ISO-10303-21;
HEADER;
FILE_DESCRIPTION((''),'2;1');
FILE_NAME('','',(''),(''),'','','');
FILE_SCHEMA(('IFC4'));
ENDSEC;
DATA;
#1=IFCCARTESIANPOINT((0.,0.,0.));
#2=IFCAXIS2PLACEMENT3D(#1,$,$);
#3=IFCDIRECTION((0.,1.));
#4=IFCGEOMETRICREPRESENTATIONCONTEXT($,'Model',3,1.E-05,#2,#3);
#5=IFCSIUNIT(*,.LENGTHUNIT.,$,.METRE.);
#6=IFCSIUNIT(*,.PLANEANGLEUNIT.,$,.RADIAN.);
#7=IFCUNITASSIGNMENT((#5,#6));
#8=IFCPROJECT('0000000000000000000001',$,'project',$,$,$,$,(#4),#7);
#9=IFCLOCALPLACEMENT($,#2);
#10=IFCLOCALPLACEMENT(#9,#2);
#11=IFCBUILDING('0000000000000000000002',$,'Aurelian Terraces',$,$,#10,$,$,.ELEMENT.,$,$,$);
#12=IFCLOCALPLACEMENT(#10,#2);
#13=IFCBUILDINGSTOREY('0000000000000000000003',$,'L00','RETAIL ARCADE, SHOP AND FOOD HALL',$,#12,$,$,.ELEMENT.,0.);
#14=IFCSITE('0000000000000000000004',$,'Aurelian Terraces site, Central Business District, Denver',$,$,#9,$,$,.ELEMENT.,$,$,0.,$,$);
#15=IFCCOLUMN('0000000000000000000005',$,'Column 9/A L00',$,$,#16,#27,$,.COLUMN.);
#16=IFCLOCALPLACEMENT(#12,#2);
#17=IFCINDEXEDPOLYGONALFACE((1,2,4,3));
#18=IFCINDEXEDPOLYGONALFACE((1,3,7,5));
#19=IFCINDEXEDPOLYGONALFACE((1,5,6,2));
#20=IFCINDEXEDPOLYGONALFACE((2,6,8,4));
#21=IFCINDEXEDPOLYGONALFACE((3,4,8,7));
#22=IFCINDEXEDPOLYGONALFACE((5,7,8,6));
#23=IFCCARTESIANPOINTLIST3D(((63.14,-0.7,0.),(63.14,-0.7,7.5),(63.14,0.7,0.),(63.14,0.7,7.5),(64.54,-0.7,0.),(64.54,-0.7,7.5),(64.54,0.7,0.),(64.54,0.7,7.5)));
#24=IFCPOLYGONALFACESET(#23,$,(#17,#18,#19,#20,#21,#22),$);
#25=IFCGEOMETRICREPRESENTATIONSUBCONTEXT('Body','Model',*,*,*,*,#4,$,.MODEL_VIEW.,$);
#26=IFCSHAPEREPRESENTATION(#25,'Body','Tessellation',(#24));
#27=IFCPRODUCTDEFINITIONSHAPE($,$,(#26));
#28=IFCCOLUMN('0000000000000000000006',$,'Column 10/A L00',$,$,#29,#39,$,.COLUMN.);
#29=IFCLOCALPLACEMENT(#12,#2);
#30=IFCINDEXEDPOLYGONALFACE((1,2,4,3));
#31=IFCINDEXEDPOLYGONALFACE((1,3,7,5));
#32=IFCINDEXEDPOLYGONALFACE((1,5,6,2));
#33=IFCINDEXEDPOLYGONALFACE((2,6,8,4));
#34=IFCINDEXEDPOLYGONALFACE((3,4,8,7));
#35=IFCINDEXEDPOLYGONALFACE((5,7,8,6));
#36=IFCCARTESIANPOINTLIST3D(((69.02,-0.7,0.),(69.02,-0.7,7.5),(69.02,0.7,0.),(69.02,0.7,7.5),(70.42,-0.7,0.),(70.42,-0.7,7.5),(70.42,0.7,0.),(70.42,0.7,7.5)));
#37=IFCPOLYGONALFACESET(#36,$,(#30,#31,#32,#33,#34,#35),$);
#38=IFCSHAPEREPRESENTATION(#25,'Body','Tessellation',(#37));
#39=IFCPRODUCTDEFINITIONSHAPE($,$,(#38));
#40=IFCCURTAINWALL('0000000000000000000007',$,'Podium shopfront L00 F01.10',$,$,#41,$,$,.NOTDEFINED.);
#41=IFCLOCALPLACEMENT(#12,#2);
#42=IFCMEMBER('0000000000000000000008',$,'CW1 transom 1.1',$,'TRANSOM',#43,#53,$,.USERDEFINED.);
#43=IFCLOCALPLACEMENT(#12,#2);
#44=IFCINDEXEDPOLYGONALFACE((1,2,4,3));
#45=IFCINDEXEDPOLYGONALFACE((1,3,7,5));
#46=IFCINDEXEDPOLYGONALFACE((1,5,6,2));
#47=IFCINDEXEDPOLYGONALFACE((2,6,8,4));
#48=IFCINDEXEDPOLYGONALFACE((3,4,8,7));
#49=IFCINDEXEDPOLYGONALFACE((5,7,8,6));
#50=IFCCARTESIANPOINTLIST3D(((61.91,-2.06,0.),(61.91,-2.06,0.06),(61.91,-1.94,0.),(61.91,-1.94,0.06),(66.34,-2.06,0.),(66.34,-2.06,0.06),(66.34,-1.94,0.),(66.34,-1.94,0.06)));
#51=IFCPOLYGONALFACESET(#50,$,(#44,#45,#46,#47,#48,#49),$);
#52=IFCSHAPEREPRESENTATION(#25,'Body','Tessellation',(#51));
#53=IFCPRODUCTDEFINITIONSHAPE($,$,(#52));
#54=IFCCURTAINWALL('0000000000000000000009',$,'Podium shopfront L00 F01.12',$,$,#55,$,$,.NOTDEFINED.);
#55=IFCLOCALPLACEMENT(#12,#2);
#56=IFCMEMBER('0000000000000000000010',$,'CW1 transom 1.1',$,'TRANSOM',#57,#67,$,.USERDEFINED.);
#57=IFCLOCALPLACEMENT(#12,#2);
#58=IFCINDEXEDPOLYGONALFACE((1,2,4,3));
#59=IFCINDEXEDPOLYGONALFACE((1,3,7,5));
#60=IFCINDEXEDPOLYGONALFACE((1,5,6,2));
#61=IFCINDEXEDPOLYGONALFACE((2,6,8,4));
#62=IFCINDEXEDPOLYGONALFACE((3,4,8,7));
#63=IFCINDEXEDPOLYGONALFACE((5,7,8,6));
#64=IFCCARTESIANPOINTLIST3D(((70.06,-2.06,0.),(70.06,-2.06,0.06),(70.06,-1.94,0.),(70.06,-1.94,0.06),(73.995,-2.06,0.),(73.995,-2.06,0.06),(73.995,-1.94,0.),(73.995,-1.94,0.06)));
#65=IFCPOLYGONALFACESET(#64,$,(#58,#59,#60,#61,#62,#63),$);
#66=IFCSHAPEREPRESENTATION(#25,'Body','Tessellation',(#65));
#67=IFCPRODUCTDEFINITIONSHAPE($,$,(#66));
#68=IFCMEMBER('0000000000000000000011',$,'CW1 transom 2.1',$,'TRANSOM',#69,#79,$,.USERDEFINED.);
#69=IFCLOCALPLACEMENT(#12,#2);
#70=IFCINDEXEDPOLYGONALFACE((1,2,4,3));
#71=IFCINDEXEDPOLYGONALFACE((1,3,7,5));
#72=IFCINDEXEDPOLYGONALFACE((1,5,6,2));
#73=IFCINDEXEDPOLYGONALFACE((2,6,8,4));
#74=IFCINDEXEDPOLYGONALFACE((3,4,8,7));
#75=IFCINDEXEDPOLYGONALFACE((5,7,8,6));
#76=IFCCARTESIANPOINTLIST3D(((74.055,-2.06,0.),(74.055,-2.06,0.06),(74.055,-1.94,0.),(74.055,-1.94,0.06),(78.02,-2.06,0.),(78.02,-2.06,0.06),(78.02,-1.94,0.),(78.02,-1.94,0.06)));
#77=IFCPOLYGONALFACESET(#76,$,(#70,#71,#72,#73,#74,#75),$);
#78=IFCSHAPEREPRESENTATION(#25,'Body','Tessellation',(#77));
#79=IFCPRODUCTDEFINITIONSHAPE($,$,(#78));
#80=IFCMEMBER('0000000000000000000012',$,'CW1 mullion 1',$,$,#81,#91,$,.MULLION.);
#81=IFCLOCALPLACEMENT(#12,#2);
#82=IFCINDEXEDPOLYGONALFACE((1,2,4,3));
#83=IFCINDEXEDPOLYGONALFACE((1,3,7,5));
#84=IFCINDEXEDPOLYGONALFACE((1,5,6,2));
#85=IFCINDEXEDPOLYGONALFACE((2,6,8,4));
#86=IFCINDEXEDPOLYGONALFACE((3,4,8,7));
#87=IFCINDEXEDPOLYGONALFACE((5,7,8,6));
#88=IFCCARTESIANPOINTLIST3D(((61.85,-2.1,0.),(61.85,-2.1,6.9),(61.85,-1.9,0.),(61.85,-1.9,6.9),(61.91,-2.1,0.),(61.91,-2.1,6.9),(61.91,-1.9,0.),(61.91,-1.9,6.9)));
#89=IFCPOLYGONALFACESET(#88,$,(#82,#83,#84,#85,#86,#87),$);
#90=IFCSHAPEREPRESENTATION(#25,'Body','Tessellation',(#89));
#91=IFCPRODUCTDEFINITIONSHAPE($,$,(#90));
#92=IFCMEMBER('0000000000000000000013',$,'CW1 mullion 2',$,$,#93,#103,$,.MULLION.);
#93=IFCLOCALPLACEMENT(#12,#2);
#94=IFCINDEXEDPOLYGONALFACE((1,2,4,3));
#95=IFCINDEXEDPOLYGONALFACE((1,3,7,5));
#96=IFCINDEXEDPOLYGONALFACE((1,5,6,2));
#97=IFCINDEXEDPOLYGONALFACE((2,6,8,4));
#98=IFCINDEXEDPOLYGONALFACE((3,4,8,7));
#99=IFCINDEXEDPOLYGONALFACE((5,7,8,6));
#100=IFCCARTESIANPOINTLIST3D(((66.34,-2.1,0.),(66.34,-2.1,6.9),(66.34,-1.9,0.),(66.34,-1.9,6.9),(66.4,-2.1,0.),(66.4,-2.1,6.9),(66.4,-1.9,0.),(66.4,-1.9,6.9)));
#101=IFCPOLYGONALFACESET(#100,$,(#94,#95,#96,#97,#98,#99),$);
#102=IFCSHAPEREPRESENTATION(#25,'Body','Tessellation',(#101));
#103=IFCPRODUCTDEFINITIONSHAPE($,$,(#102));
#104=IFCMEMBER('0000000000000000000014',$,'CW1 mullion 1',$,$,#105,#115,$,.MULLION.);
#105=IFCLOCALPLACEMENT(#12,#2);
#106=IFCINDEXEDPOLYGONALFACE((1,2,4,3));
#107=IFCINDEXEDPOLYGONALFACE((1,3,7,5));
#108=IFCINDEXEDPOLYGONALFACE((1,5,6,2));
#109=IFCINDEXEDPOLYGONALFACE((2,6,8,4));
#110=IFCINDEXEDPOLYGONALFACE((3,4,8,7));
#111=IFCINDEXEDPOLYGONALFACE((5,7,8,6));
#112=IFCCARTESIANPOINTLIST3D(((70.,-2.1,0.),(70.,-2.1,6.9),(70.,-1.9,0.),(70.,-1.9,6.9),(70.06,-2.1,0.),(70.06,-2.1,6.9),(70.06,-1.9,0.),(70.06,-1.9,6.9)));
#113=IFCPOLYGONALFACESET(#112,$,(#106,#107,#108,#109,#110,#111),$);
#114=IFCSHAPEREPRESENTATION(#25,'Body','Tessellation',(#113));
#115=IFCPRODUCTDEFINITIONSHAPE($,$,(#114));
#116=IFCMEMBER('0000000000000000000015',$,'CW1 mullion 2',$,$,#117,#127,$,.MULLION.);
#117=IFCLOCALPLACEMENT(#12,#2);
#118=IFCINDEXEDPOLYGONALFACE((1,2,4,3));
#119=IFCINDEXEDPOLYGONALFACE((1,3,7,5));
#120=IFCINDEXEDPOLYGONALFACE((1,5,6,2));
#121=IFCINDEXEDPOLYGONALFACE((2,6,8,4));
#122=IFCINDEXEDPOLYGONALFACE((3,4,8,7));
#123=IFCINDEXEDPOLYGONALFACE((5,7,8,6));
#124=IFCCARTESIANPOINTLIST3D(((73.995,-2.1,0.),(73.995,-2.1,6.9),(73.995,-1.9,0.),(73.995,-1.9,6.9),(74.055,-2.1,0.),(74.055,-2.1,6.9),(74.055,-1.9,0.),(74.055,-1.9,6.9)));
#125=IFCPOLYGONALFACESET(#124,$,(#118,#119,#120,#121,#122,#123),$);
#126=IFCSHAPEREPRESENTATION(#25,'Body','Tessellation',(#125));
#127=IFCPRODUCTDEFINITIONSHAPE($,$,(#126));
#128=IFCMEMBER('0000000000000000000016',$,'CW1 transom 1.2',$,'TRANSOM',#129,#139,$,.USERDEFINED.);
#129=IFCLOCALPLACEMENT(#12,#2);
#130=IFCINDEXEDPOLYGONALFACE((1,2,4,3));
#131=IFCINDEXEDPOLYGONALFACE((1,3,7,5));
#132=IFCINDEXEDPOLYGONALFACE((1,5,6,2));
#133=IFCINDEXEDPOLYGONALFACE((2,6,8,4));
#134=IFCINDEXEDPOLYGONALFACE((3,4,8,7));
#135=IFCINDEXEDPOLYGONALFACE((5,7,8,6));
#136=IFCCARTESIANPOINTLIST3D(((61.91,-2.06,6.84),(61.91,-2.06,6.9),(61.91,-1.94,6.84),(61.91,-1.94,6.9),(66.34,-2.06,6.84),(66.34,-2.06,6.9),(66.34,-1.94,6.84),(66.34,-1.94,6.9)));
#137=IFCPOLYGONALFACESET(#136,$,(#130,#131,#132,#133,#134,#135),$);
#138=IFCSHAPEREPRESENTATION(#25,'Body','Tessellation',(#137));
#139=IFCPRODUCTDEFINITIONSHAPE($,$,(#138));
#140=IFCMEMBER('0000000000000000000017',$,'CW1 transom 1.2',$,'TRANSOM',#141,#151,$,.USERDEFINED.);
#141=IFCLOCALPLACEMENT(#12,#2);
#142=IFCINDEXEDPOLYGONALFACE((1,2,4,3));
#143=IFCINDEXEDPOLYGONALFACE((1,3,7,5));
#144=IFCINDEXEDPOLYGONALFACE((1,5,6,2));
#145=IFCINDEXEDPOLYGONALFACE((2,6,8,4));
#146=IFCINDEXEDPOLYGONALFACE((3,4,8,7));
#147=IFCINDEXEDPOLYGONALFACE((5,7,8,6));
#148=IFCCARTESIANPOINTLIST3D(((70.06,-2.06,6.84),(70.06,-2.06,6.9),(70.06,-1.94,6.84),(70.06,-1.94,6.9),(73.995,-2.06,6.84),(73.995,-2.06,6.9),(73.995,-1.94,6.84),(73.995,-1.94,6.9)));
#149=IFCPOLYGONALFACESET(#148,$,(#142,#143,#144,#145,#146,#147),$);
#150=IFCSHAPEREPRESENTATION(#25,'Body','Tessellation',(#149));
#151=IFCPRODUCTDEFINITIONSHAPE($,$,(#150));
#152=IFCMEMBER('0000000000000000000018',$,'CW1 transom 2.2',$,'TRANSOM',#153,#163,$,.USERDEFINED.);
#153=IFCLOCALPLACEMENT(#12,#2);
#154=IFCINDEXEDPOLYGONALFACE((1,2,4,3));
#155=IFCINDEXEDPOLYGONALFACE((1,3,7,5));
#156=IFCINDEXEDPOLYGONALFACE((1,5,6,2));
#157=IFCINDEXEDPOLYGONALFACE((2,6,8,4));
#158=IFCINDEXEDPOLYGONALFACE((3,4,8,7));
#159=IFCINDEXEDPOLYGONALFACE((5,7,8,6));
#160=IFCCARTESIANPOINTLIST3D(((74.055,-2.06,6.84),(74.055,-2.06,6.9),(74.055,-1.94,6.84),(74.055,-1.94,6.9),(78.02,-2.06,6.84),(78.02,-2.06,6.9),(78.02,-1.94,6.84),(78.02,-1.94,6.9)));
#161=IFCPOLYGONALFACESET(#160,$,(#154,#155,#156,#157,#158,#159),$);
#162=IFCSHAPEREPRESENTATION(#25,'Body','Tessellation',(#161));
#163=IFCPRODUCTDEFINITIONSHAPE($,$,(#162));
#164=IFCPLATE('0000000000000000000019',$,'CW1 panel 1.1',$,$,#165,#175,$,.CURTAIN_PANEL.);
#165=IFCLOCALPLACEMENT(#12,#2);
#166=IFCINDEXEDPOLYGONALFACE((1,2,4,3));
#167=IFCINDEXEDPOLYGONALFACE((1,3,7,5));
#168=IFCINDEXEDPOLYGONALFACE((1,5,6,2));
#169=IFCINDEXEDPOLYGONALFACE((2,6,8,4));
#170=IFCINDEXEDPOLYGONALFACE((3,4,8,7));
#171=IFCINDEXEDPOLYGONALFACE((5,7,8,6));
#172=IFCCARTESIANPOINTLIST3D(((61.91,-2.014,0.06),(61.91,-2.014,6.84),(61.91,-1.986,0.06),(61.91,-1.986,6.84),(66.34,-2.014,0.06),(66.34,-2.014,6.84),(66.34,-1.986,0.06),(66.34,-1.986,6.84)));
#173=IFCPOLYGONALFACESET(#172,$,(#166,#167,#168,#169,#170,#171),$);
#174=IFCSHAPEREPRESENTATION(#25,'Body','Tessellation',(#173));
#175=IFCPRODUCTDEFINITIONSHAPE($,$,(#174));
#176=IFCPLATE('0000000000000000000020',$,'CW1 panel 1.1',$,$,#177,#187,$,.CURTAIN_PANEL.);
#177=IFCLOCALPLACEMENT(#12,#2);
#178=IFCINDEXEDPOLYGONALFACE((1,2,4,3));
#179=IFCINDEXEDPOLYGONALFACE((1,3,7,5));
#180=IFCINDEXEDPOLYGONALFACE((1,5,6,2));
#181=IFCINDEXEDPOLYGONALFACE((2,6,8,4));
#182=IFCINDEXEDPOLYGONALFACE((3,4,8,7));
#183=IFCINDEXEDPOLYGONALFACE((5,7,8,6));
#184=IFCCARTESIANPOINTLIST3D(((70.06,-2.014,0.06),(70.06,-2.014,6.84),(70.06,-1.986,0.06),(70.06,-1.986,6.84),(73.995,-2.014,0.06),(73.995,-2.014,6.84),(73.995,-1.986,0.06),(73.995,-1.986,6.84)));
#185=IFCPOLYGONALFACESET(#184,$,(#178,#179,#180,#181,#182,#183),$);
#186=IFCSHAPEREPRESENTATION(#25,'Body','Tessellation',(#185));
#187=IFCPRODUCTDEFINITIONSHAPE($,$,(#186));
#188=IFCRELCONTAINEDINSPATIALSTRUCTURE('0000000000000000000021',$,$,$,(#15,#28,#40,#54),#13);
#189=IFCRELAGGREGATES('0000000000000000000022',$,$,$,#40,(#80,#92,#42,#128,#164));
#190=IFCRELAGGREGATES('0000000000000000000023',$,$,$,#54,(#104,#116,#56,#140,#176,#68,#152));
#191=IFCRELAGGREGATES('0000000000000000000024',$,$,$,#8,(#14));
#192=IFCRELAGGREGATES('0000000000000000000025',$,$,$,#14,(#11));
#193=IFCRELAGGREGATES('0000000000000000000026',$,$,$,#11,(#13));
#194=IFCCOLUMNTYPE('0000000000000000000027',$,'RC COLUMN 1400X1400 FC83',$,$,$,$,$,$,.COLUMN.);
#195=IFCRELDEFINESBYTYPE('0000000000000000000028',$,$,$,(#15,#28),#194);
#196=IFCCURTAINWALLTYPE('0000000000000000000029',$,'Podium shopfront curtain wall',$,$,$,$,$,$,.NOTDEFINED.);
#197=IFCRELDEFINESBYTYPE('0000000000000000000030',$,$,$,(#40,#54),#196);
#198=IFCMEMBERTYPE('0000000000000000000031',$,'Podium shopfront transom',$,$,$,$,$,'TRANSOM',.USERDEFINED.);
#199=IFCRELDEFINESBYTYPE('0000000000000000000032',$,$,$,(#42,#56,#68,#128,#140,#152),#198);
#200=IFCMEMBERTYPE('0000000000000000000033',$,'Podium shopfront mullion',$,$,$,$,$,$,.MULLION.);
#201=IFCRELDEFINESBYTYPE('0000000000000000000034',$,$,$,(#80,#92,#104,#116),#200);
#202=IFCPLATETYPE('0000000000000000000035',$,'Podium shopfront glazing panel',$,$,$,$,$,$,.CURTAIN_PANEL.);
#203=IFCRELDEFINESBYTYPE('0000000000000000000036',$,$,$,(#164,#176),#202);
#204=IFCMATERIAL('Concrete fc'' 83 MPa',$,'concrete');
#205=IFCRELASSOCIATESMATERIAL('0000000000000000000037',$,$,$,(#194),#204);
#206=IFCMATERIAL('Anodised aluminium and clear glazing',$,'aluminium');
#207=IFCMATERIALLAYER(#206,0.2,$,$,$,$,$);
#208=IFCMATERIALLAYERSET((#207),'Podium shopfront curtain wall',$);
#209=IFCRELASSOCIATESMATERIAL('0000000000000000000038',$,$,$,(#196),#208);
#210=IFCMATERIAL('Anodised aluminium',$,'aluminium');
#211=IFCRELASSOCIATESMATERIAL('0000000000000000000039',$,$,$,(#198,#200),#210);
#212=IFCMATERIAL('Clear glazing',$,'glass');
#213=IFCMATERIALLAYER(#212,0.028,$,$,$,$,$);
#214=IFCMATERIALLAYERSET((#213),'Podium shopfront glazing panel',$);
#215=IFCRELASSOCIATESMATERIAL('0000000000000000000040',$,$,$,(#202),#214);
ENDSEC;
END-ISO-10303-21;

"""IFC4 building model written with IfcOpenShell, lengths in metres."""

from ifc_helpers import new_model, si_unit, direction, frame, origin, origin_2d, place, context, subcontext, project, spatial, rectangle, extrude, source, transform, mapped, material, layer, layer_set, material_profile, profile_set, type_object, element, aggregate, save


model = new_model("IFC4")

# Units and contexts
model_context = context("Model", 3, precision=1e-05, world=origin(), true_north=direction((0.0, 1.0)))
body_context = subcontext(model_context, "Body", "Model", "MODEL_VIEW")
ifc_project = project(units=[si_unit("LENGTHUNIT", "METRE"), si_unit("PLANEANGLEUNIT", "RADIAN")], contexts=[model_context])

# Site, building, storey
site_placement = place(None, origin())
site = spatial("IfcSite", under=ifc_project, at=site_placement, Name="Aurelian Terraces site, Central Business District, Denver", CompositionType="ELEMENT", RefElevation=0.0)
building_placement = place(site_placement, origin())
building = spatial("IfcBuilding", under=site, at=building_placement, Name="Aurelian Terraces", CompositionType="ELEMENT")
storey_placement = place(building_placement, origin())
storey = spatial("IfcBuildingStorey", under=building, at=storey_placement, Name="L00", Description="RETAIL ARCADE, SHOP AND FOOD HALL", CompositionType="ELEMENT", Elevation=0.0)

# Columns
ifc_material_1 = material(Name="Concrete fc' 83 MPa", Category="concrete")
ifc_material_profile_1 = material_profile(ifc_material_1, rectangle(XDim=1.4, YDim=1.4, at=origin_2d()))
ifc_profile_set_1 = profile_set([ifc_material_profile_1], Name="Concrete fc' 83 MPa")
column_type = type_object("IfcColumnType", Name="RC COLUMN 1400X1400 FC83", PredefinedType="COLUMN", material=ifc_profile_set_1)
shared_shape_1 = source(origin(), body_context, "Body", "SweptSolid", [
    extrude(rectangle(XDim=1.4, YDim=1.4, at=origin_2d()), origin(), (0.0, 0.0, 1.0), 7.5),
])
for number, where, z_axis, x_axis, name in (
    (1, (63.84, 0.0, 0.0), (0.0, 0.0, 1.0), (1.0, 0.0, 0.0), "Column 9/A L00"),
    (2, (69.72, 0.0, 0.0), (0.0, 0.0, 1.0), (1.0, 0.0, 0.0), "Column 10/A L00"),
):
    element("IfcColumn", number, at=place(storey_placement, frame(where, z_axis=z_axis, x_axis=x_axis)), inside=storey, type_object=column_type, Name=name, PredefinedType="COLUMN", context=body_context, shape_type="MappedRepresentation", body=[
        mapped(shared_shape_1, transform((0.0, 0.0, 0.0), scale=1.0)),
    ])

# Curtain wall, member
ifc_material_2 = material(Name="Anodised aluminium and clear glazing", Category="aluminium")
ifc_layer_1 = layer(ifc_material_2, 0.2)
ifc_layer_set_1 = layer_set([ifc_layer_1], Name="Podium shopfront curtain wall")
curtain_wall_type = type_object("IfcCurtainWallType", Name="Podium shopfront curtain wall", PredefinedType="NOTDEFINED", material=ifc_layer_set_1)
curtain_wall_1_placement = place(storey_placement, origin())
curtain_wall_1 = element("IfcCurtainWall", 3, at=curtain_wall_1_placement, inside=storey, type_object=curtain_wall_type, Name="Podium shopfront L00 F01.10", PredefinedType="NOTDEFINED")
ifc_material_3 = material(Name="Anodised aluminium", Category="aluminium")
ifc_material_profile_2 = material_profile(ifc_material_3, rectangle(XDim=0.12, YDim=0.06, at=origin_2d()))
ifc_profile_set_2 = profile_set([ifc_material_profile_2], Name="Anodised aluminium")
member_type_1 = type_object("IfcMemberType", Name="Podium shopfront transom", ElementType="TRANSOM", PredefinedType="USERDEFINED", material=ifc_profile_set_2)
member_1_placement = place(storey_placement, frame((61.91, -2.0, 0.03), z_axis=(1.0, 0.0, 0.0), x_axis=(0.0, 1.0, 0.0)))
member_1 = element("IfcMember", 4, at=member_1_placement, type_object=member_type_1, Name="CW1 transom 1.1", ObjectType="TRANSOM", PredefinedType="USERDEFINED", context=body_context, shape_type="SweptSolid", body=[
    extrude(rectangle(XDim=0.12, YDim=0.06, at=origin_2d()), origin(), (0.0, 0.0, 1.0), 4.43),
])

# Curtain wall, members
curtain_wall_2_placement = place(storey_placement, origin())
curtain_wall_2 = element("IfcCurtainWall", 5, at=curtain_wall_2_placement, inside=storey, type_object=curtain_wall_type, Name="Podium shopfront L00 F01.12", PredefinedType="NOTDEFINED")
member_2_placement = place(storey_placement, frame((70.06, -2.0, 0.03), z_axis=(1.0, 0.0, 0.0), x_axis=(0.0, 1.0, 0.0)))
member_2 = element("IfcMember", 6, at=member_2_placement, type_object=member_type_1, Name="CW1 transom 1.1", ObjectType="TRANSOM", PredefinedType="USERDEFINED", context=body_context, shape_type="SweptSolid", body=[
    extrude(rectangle(XDim=0.12, YDim=0.06, at=origin_2d()), origin(), (0.0, 0.0, 1.0), 3.935),
])
member_3_placement = place(storey_placement, frame((74.055, -2.0, 0.03), z_axis=(1.0, 0.0, 0.0), x_axis=(0.0, 1.0, 0.0)))
member_3 = element("IfcMember", 7, at=member_3_placement, type_object=member_type_1, Name="CW1 transom 2.1", ObjectType="TRANSOM", PredefinedType="USERDEFINED", context=body_context, shape_type="SweptSolid", body=[
    extrude(rectangle(XDim=0.12, YDim=0.06, at=origin_2d()), origin(), (0.0, 0.0, 1.0), 3.965),
])

# Members
ifc_material_profile_3 = material_profile(ifc_material_3, rectangle(XDim=0.2, YDim=0.06, at=origin_2d()))
ifc_profile_set_3 = profile_set([ifc_material_profile_3], Name="Anodised aluminium")
member_type_2 = type_object("IfcMemberType", Name="Podium shopfront mullion", PredefinedType="MULLION", material=ifc_profile_set_3)
shared_shape_2 = source(origin(), body_context, "Body", "SweptSolid", [
    extrude(rectangle(XDim=0.2, YDim=0.06, at=origin_2d()), origin(), (0.0, 0.0, 1.0), 6.9),
])
member_4_placement = place(storey_placement, frame((61.88, -2.0, 0.0), z_axis=(0.0, 0.0, 1.0), x_axis=(0.0, 1.0, 0.0)))
member_4 = element("IfcMember", 8, at=member_4_placement, type_object=member_type_2, Name="CW1 mullion 1", PredefinedType="MULLION", context=body_context, shape_type="MappedRepresentation", body=[
    mapped(shared_shape_2, transform((0.0, 0.0, 0.0), scale=1.0)),
])
member_5_placement = place(storey_placement, frame((66.37, -2.0, 0.0), z_axis=(0.0, 0.0, 1.0), x_axis=(0.0, 1.0, 0.0)))
member_5 = element("IfcMember", 9, at=member_5_placement, type_object=member_type_2, Name="CW1 mullion 2", PredefinedType="MULLION", context=body_context, shape_type="MappedRepresentation", body=[
    mapped(shared_shape_2, transform((0.0, 0.0, 0.0), scale=1.0)),
])
member_6_placement = place(storey_placement, frame((70.03, -2.0, 0.0), z_axis=(0.0, 0.0, 1.0), x_axis=(0.0, 1.0, 0.0)))
member_6 = element("IfcMember", 10, at=member_6_placement, type_object=member_type_2, Name="CW1 mullion 1", PredefinedType="MULLION", context=body_context, shape_type="MappedRepresentation", body=[
    mapped(shared_shape_2, transform((0.0, 0.0, 0.0), scale=1.0)),
])
member_7_placement = place(storey_placement, frame((74.025, -2.0, 0.0), z_axis=(0.0, 0.0, 1.0), x_axis=(0.0, 1.0, 0.0)))
member_7 = element("IfcMember", 11, at=member_7_placement, type_object=member_type_2, Name="CW1 mullion 2", PredefinedType="MULLION", context=body_context, shape_type="MappedRepresentation", body=[
    mapped(shared_shape_2, transform((0.0, 0.0, 0.0), scale=1.0)),
])
shared_shape_3 = source(origin(), body_context, "Body", "SweptSolid", [
    extrude(rectangle(XDim=0.12, YDim=0.06, at=origin_2d()), origin(), (0.0, 0.0, 1.0), 4.43),
])
member_8_placement = place(storey_placement, frame((61.91, -2.0, 6.87), z_axis=(1.0, 0.0, 0.0), x_axis=(0.0, 1.0, 0.0)))
member_8 = element("IfcMember", 12, at=member_8_placement, type_object=member_type_1, Name="CW1 transom 1.2", ObjectType="TRANSOM", PredefinedType="USERDEFINED", context=body_context, shape_type="MappedRepresentation", body=[
    mapped(shared_shape_3, transform((0.0, 0.0, 0.0), scale=1.0)),
])
shared_shape_4 = source(origin(), body_context, "Body", "SweptSolid", [
    extrude(rectangle(XDim=0.12, YDim=0.06, at=origin_2d()), origin(), (0.0, 0.0, 1.0), 3.935),
])
member_9_placement = place(storey_placement, frame((70.06, -2.0, 6.87), z_axis=(1.0, 0.0, 0.0), x_axis=(0.0, 1.0, 0.0)))
member_9 = element("IfcMember", 13, at=member_9_placement, type_object=member_type_1, Name="CW1 transom 1.2", ObjectType="TRANSOM", PredefinedType="USERDEFINED", context=body_context, shape_type="MappedRepresentation", body=[
    mapped(shared_shape_4, transform((0.0, 0.0, 0.0), scale=1.0)),
])
shared_shape_5 = source(origin(), body_context, "Body", "SweptSolid", [
    extrude(rectangle(XDim=0.12, YDim=0.06, at=origin_2d()), origin(), (0.0, 0.0, 1.0), 3.965),
])
member_10_placement = place(storey_placement, frame((74.055, -2.0, 6.87), z_axis=(1.0, 0.0, 0.0), x_axis=(0.0, 1.0, 0.0)))
member_10 = element("IfcMember", 14, at=member_10_placement, type_object=member_type_1, Name="CW1 transom 2.2", ObjectType="TRANSOM", PredefinedType="USERDEFINED", context=body_context, shape_type="MappedRepresentation", body=[
    mapped(shared_shape_5, transform((0.0, 0.0, 0.0), scale=1.0)),
])

# Plates
ifc_material_4 = material(Name="Clear glazing", Category="glass")
ifc_layer_2 = layer(ifc_material_4, 0.028)
ifc_layer_set_2 = layer_set([ifc_layer_2], Name="Podium shopfront glazing panel")
plate_type = type_object("IfcPlateType", Name="Podium shopfront glazing panel", PredefinedType="CURTAIN_PANEL", material=ifc_layer_set_2)
plate_1_placement = place(storey_placement, frame((64.125, -2.0, 0.06), z_axis=(0.0, 0.0, 1.0), x_axis=(1.0, 0.0, 0.0)))
plate_1 = element("IfcPlate", 15, at=plate_1_placement, type_object=plate_type, Name="CW1 panel 1.1", PredefinedType="CURTAIN_PANEL", context=body_context, shape_type="SweptSolid", body=[
    extrude(rectangle(XDim=4.43, YDim=0.028, at=origin_2d()), origin(), (0.0, 0.0, 1.0), 6.78),
])
aggregate(curtain_wall_1, [member_4, member_5, member_1, member_8, plate_1])
plate_2_placement = place(storey_placement, frame((72.0275, -2.0, 0.06), z_axis=(0.0, 0.0, 1.0), x_axis=(1.0, 0.0, 0.0)))
plate_2 = element("IfcPlate", 16, at=plate_2_placement, type_object=plate_type, Name="CW1 panel 1.1", PredefinedType="CURTAIN_PANEL", context=body_context, shape_type="SweptSolid", body=[
    extrude(rectangle(XDim=3.935, YDim=0.028, at=origin_2d()), origin(), (0.0, 0.0, 1.0), 6.78),
])
aggregate(curtain_wall_2, [member_6, member_7, member_2, member_9, plate_2, member_3, member_10])

save(model, "model.ifc")
